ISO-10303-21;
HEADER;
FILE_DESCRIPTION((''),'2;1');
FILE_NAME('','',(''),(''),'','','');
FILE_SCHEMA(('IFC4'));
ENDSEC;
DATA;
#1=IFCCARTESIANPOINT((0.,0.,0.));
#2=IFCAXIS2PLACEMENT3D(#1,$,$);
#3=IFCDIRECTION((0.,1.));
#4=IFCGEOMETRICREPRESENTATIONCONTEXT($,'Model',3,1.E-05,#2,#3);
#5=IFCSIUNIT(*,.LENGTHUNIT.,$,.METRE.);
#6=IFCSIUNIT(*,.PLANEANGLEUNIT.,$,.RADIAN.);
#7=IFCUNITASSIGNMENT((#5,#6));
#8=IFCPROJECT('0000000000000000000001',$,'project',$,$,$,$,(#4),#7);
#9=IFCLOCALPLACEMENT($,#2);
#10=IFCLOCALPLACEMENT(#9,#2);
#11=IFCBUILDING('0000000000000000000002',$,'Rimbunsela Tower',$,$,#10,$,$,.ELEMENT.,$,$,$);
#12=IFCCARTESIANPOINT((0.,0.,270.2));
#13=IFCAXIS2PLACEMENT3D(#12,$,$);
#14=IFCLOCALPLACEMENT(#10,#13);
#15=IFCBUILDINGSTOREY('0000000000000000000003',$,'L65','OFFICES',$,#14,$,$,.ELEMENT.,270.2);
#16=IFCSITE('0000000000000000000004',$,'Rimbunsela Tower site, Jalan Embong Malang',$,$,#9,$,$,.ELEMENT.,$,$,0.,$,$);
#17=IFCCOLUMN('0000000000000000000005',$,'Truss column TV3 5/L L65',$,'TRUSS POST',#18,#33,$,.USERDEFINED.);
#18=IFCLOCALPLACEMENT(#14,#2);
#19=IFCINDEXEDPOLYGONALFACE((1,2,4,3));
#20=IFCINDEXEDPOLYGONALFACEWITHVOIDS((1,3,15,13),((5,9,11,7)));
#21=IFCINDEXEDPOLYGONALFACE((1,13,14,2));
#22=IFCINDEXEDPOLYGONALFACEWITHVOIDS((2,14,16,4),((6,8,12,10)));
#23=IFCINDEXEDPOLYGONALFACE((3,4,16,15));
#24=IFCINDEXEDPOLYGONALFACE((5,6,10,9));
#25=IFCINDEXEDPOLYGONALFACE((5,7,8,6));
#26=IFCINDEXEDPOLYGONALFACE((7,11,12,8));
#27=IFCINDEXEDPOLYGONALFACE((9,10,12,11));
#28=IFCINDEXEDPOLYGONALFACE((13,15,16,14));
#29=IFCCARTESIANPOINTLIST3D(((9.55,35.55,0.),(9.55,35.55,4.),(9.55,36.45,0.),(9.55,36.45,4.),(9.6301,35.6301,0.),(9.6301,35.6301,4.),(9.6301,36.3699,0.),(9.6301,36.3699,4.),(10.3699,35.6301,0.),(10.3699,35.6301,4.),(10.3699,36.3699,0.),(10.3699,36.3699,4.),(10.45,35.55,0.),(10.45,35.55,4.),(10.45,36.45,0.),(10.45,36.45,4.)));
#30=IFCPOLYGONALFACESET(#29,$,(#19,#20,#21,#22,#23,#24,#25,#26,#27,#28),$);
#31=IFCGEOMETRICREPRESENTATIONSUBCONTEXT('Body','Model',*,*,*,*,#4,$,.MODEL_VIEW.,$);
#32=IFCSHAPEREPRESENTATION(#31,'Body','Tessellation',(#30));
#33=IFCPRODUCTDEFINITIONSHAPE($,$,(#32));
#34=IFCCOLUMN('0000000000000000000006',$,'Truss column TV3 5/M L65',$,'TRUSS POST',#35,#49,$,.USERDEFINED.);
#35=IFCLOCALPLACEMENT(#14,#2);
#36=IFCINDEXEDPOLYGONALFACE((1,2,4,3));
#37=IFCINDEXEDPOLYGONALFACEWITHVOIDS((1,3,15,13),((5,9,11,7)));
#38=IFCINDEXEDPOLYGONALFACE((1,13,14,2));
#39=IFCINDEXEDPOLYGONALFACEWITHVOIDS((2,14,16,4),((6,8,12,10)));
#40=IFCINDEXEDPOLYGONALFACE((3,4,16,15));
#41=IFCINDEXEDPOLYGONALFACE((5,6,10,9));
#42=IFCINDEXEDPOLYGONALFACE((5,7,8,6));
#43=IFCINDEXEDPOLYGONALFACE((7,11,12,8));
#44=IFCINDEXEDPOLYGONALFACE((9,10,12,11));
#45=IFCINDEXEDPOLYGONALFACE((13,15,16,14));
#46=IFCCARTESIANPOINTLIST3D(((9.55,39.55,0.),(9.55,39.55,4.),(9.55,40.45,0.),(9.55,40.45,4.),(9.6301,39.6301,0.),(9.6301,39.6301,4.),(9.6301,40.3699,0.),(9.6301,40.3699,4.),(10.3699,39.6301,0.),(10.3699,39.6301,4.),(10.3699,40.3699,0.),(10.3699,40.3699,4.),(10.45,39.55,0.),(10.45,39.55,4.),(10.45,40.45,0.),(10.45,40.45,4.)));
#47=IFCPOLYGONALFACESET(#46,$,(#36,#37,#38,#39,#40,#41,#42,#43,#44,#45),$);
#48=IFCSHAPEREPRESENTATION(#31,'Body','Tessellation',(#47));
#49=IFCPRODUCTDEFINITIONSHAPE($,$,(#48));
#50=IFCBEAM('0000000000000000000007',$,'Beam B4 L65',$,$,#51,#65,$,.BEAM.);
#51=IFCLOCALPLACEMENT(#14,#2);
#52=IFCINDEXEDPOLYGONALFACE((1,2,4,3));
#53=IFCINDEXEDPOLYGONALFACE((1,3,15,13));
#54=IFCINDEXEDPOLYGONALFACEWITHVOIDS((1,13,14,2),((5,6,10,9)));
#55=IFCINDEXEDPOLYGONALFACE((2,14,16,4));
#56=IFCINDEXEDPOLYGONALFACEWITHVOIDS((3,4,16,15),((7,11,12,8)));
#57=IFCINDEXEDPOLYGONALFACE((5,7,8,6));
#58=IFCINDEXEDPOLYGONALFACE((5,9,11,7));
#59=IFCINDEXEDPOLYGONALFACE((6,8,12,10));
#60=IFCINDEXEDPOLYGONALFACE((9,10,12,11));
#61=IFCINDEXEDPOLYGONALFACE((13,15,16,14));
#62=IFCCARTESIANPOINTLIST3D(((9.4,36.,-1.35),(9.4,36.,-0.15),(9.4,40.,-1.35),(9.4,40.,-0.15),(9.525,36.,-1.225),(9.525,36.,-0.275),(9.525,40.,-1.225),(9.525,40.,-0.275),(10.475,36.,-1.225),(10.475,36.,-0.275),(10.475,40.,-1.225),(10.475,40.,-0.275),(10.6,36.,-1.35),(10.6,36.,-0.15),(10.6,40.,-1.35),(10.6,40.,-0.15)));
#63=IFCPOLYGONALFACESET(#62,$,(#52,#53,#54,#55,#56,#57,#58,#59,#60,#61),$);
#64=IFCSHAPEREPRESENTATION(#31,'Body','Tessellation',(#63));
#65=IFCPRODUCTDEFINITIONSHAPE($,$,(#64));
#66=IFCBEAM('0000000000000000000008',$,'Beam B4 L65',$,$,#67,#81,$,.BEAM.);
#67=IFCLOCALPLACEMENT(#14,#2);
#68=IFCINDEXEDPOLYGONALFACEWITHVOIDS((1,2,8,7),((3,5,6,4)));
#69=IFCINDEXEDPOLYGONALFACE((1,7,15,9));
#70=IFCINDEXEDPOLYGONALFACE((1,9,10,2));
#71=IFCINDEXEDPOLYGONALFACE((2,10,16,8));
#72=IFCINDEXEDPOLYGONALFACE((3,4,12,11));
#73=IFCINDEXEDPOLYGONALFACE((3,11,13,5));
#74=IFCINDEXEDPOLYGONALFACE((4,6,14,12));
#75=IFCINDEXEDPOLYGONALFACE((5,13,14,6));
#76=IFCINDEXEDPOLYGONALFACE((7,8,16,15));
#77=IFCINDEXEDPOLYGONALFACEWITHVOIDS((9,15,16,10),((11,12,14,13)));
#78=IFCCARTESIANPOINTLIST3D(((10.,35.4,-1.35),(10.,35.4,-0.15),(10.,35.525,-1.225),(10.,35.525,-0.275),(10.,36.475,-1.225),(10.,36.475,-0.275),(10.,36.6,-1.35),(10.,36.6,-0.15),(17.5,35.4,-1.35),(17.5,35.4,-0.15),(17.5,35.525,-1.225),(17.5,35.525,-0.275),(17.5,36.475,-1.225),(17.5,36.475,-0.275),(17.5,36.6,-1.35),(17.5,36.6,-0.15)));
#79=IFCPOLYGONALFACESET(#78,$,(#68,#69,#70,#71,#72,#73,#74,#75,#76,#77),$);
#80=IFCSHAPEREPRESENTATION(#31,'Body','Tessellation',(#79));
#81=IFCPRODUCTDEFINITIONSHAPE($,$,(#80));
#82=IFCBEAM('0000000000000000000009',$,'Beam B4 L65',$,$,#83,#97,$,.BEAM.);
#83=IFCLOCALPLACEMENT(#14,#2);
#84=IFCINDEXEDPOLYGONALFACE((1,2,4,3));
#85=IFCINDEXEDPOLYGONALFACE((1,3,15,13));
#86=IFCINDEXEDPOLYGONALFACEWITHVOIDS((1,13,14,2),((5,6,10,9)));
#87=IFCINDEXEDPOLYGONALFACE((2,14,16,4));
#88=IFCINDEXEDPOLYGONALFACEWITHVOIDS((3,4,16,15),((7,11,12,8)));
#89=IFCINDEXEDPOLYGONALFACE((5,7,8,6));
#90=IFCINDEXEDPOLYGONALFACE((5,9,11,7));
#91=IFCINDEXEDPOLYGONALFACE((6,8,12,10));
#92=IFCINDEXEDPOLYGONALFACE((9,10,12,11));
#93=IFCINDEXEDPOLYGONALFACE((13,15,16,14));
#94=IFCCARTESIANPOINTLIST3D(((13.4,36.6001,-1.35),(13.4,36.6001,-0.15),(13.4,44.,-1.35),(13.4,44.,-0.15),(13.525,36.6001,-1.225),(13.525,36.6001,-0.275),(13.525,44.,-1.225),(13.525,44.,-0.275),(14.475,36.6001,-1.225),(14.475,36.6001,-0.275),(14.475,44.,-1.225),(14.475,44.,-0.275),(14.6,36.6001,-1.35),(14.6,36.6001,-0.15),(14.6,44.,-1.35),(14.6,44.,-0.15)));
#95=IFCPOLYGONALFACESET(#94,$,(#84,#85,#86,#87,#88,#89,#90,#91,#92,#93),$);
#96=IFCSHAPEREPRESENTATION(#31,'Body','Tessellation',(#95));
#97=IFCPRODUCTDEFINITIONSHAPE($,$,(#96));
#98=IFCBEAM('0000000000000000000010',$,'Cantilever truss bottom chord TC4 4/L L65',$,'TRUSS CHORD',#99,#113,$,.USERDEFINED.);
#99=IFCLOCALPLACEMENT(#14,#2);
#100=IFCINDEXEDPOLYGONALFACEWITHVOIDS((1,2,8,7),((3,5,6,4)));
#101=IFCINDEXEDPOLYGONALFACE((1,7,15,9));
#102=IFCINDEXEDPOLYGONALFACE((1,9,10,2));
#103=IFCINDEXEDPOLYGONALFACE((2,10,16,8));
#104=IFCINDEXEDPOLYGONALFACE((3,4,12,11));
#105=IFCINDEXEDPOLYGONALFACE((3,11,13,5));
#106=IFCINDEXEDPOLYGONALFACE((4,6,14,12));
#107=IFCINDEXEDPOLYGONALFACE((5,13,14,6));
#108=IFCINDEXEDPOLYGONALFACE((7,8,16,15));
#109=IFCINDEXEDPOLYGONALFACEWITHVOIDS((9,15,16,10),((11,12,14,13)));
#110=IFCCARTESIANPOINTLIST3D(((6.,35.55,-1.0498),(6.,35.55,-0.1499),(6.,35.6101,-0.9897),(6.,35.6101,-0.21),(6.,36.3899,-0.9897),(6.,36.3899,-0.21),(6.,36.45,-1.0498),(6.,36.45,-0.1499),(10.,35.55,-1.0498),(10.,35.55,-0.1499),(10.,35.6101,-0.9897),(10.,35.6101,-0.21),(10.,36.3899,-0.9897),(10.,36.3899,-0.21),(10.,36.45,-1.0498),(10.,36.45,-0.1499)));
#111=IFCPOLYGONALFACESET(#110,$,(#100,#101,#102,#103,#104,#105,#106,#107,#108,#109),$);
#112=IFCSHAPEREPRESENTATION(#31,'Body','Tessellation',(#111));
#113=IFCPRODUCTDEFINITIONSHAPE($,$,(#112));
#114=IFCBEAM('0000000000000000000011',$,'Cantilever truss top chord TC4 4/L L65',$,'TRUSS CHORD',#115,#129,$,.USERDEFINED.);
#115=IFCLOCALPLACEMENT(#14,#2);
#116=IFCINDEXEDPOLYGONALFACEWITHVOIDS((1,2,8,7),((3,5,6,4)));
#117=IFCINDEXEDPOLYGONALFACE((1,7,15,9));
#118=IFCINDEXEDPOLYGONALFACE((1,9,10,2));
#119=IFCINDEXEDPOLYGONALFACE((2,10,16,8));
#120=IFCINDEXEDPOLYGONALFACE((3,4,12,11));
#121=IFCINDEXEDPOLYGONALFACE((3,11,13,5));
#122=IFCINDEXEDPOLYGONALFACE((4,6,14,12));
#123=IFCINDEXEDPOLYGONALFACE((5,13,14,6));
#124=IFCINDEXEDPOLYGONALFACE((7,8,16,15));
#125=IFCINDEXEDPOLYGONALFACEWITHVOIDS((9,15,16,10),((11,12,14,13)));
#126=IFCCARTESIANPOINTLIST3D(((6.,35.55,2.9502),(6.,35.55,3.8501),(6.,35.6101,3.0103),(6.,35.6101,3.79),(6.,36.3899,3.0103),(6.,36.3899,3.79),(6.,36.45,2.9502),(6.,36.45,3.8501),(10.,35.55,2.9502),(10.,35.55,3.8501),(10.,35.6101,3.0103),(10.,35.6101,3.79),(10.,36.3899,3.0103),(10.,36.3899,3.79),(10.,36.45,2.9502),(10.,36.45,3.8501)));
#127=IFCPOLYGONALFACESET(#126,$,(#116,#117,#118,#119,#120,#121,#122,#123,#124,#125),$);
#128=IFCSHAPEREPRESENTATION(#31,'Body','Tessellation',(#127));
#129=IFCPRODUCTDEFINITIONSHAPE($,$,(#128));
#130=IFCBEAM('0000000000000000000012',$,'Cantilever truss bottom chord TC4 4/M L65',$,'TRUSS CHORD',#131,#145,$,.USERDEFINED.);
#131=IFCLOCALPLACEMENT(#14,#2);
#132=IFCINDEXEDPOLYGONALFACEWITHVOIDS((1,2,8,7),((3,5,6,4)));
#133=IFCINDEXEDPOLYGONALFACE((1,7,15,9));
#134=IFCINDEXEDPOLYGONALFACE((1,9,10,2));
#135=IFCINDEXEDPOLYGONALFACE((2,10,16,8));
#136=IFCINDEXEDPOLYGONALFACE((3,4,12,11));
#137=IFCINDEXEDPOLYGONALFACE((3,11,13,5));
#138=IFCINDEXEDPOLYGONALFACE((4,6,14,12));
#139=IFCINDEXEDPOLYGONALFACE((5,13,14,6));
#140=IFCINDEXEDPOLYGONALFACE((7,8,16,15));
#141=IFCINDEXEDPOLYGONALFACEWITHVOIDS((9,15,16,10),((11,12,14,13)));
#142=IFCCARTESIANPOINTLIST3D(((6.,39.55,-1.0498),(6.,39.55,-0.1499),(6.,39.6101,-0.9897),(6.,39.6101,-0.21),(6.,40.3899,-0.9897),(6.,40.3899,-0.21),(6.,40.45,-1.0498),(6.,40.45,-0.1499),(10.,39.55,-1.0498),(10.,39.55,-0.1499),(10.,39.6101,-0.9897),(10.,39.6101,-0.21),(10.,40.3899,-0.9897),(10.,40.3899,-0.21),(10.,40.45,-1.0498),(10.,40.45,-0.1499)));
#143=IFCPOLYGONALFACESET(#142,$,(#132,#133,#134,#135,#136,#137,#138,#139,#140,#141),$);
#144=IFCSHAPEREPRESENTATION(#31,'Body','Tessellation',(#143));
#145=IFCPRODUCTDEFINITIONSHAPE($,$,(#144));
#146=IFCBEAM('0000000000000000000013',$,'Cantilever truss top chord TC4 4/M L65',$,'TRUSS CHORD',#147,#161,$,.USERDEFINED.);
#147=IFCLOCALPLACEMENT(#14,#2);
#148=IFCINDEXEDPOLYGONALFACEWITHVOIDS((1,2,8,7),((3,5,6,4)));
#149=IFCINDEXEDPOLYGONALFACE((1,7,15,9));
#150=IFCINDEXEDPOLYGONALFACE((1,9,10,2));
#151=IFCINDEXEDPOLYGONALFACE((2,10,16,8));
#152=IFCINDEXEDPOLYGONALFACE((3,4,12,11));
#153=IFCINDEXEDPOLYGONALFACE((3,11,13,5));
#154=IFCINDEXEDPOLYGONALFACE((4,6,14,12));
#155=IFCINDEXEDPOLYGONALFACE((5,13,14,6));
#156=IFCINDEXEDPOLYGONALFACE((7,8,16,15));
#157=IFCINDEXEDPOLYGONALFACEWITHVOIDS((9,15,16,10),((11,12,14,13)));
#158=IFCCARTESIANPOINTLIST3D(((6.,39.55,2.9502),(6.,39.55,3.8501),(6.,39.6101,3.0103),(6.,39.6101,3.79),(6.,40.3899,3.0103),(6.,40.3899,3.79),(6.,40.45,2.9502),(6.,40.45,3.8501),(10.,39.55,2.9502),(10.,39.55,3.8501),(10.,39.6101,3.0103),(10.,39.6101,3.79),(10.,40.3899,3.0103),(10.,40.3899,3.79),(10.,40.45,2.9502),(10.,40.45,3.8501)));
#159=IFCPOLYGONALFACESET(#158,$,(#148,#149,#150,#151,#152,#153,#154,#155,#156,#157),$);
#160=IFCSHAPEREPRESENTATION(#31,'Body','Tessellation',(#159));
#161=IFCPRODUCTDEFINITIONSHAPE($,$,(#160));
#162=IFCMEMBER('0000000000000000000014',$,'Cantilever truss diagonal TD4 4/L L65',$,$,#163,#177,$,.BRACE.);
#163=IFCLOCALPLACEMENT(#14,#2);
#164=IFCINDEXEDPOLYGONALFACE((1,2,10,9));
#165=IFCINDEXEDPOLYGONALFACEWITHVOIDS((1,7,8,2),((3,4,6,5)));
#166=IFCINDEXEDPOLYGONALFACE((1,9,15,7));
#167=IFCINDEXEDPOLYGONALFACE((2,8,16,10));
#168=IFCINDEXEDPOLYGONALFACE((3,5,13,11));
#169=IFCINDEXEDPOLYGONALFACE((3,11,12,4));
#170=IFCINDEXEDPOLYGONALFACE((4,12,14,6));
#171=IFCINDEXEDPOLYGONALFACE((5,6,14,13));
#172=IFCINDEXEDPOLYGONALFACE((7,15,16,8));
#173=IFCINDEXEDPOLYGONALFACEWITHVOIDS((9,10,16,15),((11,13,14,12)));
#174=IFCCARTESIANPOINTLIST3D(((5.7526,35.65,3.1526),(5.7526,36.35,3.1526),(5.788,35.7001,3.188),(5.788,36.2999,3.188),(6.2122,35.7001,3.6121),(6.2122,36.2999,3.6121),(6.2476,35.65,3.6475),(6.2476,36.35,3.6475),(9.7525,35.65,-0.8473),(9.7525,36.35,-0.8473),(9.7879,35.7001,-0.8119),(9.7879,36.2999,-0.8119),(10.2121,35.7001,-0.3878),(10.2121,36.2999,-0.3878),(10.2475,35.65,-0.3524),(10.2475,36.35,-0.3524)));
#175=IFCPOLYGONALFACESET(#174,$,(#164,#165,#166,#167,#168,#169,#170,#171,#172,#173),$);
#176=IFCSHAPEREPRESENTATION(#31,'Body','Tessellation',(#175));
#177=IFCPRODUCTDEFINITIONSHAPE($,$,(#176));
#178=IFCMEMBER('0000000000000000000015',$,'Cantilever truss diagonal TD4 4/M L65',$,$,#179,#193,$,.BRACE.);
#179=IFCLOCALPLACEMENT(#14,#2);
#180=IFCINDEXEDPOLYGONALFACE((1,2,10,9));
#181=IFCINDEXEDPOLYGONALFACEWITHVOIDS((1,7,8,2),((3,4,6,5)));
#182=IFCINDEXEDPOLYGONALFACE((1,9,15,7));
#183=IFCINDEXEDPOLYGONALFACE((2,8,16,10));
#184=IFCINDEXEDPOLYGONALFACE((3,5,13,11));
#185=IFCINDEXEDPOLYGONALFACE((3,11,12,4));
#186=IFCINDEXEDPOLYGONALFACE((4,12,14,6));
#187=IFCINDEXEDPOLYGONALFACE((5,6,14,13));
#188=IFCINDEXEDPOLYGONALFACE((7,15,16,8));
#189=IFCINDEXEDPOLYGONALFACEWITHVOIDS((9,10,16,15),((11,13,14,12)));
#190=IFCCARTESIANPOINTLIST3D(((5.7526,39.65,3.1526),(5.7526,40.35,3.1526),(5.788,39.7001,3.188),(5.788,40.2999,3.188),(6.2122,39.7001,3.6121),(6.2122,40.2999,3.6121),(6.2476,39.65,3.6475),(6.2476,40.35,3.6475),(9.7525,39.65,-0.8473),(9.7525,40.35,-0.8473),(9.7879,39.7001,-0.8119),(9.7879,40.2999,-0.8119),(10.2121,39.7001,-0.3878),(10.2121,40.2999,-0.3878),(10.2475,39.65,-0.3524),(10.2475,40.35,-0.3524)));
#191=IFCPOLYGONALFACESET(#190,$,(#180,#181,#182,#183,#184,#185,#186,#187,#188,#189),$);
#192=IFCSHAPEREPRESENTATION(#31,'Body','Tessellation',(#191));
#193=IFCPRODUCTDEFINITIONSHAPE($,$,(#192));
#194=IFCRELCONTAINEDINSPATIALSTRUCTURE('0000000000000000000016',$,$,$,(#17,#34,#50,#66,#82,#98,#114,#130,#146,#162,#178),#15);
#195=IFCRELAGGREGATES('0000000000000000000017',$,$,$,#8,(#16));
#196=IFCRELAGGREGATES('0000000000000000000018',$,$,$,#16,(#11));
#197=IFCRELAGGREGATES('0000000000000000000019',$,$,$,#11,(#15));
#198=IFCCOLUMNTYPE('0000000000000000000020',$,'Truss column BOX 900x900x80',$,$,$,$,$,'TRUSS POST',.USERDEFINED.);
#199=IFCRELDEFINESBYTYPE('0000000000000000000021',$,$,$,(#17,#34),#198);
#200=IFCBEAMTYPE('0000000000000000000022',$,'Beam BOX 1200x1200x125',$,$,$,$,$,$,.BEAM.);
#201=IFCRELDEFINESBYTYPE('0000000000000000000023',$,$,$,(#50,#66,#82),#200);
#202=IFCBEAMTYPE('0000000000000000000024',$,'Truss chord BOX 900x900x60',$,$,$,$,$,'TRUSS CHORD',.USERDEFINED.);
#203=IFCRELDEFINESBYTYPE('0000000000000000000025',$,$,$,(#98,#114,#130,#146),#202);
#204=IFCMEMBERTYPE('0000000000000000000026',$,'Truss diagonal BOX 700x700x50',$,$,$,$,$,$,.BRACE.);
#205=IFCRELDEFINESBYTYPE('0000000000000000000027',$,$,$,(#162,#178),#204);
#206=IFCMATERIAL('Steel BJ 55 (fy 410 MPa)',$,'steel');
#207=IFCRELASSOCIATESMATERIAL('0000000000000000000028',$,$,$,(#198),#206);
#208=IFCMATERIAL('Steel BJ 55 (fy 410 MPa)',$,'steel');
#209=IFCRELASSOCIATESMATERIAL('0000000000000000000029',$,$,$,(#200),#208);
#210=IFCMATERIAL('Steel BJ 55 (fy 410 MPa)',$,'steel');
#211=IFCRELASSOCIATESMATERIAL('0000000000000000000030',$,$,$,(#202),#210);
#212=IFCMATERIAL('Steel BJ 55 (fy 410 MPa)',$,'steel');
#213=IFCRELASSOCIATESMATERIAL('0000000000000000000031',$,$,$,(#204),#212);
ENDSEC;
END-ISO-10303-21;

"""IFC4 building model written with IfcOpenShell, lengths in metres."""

from ifc_helpers import new_model, si_unit, direction, frame, origin, origin_2d, place, context, subcontext, project, spatial, hollow_rectangle, extrude, material, material_profile, profile_set, type_object, element, save


model = new_model("IFC4")

# Units and contexts
model_context = context("Model", 3, precision=1e-05, world=origin(), true_north=direction((0.0, 1.0)))
body_context = subcontext(model_context, "Body", "Model", "MODEL_VIEW")
ifc_project = project(units=[si_unit("LENGTHUNIT", "METRE"), si_unit("PLANEANGLEUNIT", "RADIAN")], contexts=[model_context])

# Site, building, storey
site_placement = place(None, origin())
site = spatial("IfcSite", under=ifc_project, at=site_placement, Name="Rimbunsela Tower site, Jalan Embong Malang", CompositionType="ELEMENT", RefElevation=0.0)
building_placement = place(site_placement, origin())
building = spatial("IfcBuilding", under=site, at=building_placement, Name="Rimbunsela Tower", CompositionType="ELEMENT")
storey_placement = place(building_placement, frame((0.0, 0.0, 270.2)))
storey = spatial("IfcBuildingStorey", under=building, at=storey_placement, Name="L65", Description="OFFICES", CompositionType="ELEMENT", Elevation=270.2)

# Columns
ifc_material_1 = material(Name="Steel BJ 55 (fy 410 MPa)", Category="steel")
ifc_material_profile_1 = material_profile(ifc_material_1, hollow_rectangle(XDim=0.8999, YDim=0.8999, WallThickness=0.0801, at=origin_2d()), Name="BOX 900x900x80")
ifc_profile_set_1 = profile_set([ifc_material_profile_1], Name="Steel BJ 55 (fy 410 MPa)")
column_type = type_object("IfcColumnType", Name="Truss column BOX 900x900x80", ElementType="TRUSS POST", PredefinedType="USERDEFINED", material=ifc_profile_set_1)
for number, where, z_axis, x_axis, name in (
    (1, (10.0, 36.0, 0.0), (0.0, 0.0, 1.0), (1.0, 0.0, 0.0), "Truss column TV3 5/L L65"),
    (2, (10.0, 40.0, 0.0), (0.0, 0.0, 1.0), (1.0, 0.0, 0.0), "Truss column TV3 5/M L65"),
):
    element("IfcColumn", number, at=place(storey_placement, frame(where, z_axis=z_axis, x_axis=x_axis)), inside=storey, type_object=column_type, Name=name, ObjectType="TRUSS POST", PredefinedType="USERDEFINED", context=body_context, shape_type="SweptSolid", body=[
        extrude(hollow_rectangle(XDim=0.8999, YDim=0.8999, WallThickness=0.0801, at=origin_2d()), origin(), (0.0, 0.0, 1.0), 4.0),
    ])

# Beams
ifc_material_2 = material(Name="Steel BJ 55 (fy 410 MPa)", Category="steel")
ifc_material_profile_2 = material_profile(ifc_material_2, hollow_rectangle(XDim=1.2, YDim=1.2, WallThickness=0.125, at=origin_2d()), Name="BOX 1200x1200x125")
ifc_profile_set_2 = profile_set([ifc_material_profile_2], Name="Steel BJ 55 (fy 410 MPa)")
beam_type_1 = type_object("IfcBeamType", Name="Beam BOX 1200x1200x125", PredefinedType="BEAM", material=ifc_profile_set_2)
beam_1_placement = place(storey_placement, frame((10.0, 36.0, -0.75), z_axis=(0.0, 1.0, 0.0), x_axis=(-1.0, 0.0, 0.0)))
element("IfcBeam", 3, at=beam_1_placement, inside=storey, type_object=beam_type_1, Name="Beam B4 L65", PredefinedType="BEAM", context=body_context, shape_type="SweptSolid", body=[
    extrude(hollow_rectangle(XDim=1.2, YDim=1.2, WallThickness=0.125, at=origin_2d()), origin(), (0.0, 0.0, 1.0), 4.0),
])
beam_2_placement = place(storey_placement, frame((10.0, 36.0, -0.75), z_axis=(1.0, 0.0, 0.0), x_axis=(0.0, 1.0, 0.0)))
element("IfcBeam", 4, at=beam_2_placement, inside=storey, type_object=beam_type_1, Name="Beam B4 L65", PredefinedType="BEAM", context=body_context, shape_type="SweptSolid", body=[
    extrude(hollow_rectangle(XDim=1.2, YDim=1.2, WallThickness=0.125, at=origin_2d()), origin(), (0.0, 0.0, 1.0), 7.5),
])
beam_3_placement = place(storey_placement, frame((14.0, 36.6001, -0.75), z_axis=(0.0, 1.0, 0.0), x_axis=(-1.0, 0.0, 0.0)))
element("IfcBeam", 5, at=beam_3_placement, inside=storey, type_object=beam_type_1, Name="Beam B4 L65", PredefinedType="BEAM", context=body_context, shape_type="SweptSolid", body=[
    extrude(hollow_rectangle(XDim=1.2, YDim=1.2, WallThickness=0.125, at=origin_2d()), origin(), (0.0, 0.0, 1.0), 7.3999),
])
ifc_material_3 = material(Name="Steel BJ 55 (fy 410 MPa)", Category="steel")
ifc_material_profile_3 = material_profile(ifc_material_3, hollow_rectangle(XDim=0.8999, YDim=0.8999, WallThickness=0.0601, at=origin_2d()), Name="BOX 900x900x60")
ifc_profile_set_3 = profile_set([ifc_material_profile_3], Name="Steel BJ 55 (fy 410 MPa)")
beam_type_2 = type_object("IfcBeamType", Name="Truss chord BOX 900x900x60", ElementType="TRUSS CHORD", PredefinedType="USERDEFINED", material=ifc_profile_set_3)
for number, where, z_axis, x_axis, name in (
    (6, (10.0, 36.0, -0.5999), (-1.0, 0.0, 0.0), (0.0, -1.0, 0.0), "Cantilever truss bottom chord TC4 4/L L65"),
    (7, (10.0, 36.0, 3.4001), (-1.0, 0.0, 0.0), (0.0, -1.0, 0.0), "Cantilever truss top chord TC4 4/L L65"),
    (8, (10.0, 40.0, -0.5999), (-1.0, 0.0, 0.0), (0.0, -1.0, 0.0), "Cantilever truss bottom chord TC4 4/M L65"),
    (9, (10.0, 40.0, 3.4001), (-1.0, 0.0, 0.0), (0.0, -1.0, 0.0), "Cantilever truss top chord TC4 4/M L65"),
):
    element("IfcBeam", number, at=place(storey_placement, frame(where, z_axis=z_axis, x_axis=x_axis)), inside=storey, type_object=beam_type_2, Name=name, ObjectType="TRUSS CHORD", PredefinedType="USERDEFINED", context=body_context, shape_type="SweptSolid", body=[
        extrude(hollow_rectangle(XDim=0.8999, YDim=0.8999, WallThickness=0.0601, at=origin_2d()), origin(), (0.0, 0.0, 1.0), 4.0),
    ])

# Members
ifc_material_4 = material(Name="Steel BJ 55 (fy 410 MPa)", Category="steel")
ifc_material_profile_4 = material_profile(ifc_material_4, hollow_rectangle(XDim=0.7, YDim=0.7, WallThickness=0.05, at=origin_2d()), Name="BOX 700x700x50")
ifc_profile_set_4 = profile_set([ifc_material_profile_4], Name="Steel BJ 55 (fy 410 MPa)")
member_type = type_object("IfcMemberType", Name="Truss diagonal BOX 700x700x50", PredefinedType="BRACE", material=ifc_profile_set_4)
for number, where, z_axis, x_axis, name in (
    (10, (10.0, 36.0, -0.5999), (-0.707107, 0.0, 0.707107), (0.0, -1.0, 0.0), "Cantilever truss diagonal TD4 4/L L65"),
    (11, (10.0, 40.0, -0.5999), (-0.707107, 0.0, 0.707107), (0.0, -1.0, 0.0), "Cantilever truss diagonal TD4 4/M L65"),
):
    element("IfcMember", number, at=place(storey_placement, frame(where, z_axis=z_axis, x_axis=x_axis)), inside=storey, type_object=member_type, Name=name, PredefinedType="BRACE", context=body_context, shape_type="SweptSolid", body=[
        extrude(hollow_rectangle(XDim=0.7, YDim=0.7, WallThickness=0.05, at=origin_2d()), origin(), (0.0, 0.0, 1.0), 5.6567),
    ])

save(model, "model.ifc")
